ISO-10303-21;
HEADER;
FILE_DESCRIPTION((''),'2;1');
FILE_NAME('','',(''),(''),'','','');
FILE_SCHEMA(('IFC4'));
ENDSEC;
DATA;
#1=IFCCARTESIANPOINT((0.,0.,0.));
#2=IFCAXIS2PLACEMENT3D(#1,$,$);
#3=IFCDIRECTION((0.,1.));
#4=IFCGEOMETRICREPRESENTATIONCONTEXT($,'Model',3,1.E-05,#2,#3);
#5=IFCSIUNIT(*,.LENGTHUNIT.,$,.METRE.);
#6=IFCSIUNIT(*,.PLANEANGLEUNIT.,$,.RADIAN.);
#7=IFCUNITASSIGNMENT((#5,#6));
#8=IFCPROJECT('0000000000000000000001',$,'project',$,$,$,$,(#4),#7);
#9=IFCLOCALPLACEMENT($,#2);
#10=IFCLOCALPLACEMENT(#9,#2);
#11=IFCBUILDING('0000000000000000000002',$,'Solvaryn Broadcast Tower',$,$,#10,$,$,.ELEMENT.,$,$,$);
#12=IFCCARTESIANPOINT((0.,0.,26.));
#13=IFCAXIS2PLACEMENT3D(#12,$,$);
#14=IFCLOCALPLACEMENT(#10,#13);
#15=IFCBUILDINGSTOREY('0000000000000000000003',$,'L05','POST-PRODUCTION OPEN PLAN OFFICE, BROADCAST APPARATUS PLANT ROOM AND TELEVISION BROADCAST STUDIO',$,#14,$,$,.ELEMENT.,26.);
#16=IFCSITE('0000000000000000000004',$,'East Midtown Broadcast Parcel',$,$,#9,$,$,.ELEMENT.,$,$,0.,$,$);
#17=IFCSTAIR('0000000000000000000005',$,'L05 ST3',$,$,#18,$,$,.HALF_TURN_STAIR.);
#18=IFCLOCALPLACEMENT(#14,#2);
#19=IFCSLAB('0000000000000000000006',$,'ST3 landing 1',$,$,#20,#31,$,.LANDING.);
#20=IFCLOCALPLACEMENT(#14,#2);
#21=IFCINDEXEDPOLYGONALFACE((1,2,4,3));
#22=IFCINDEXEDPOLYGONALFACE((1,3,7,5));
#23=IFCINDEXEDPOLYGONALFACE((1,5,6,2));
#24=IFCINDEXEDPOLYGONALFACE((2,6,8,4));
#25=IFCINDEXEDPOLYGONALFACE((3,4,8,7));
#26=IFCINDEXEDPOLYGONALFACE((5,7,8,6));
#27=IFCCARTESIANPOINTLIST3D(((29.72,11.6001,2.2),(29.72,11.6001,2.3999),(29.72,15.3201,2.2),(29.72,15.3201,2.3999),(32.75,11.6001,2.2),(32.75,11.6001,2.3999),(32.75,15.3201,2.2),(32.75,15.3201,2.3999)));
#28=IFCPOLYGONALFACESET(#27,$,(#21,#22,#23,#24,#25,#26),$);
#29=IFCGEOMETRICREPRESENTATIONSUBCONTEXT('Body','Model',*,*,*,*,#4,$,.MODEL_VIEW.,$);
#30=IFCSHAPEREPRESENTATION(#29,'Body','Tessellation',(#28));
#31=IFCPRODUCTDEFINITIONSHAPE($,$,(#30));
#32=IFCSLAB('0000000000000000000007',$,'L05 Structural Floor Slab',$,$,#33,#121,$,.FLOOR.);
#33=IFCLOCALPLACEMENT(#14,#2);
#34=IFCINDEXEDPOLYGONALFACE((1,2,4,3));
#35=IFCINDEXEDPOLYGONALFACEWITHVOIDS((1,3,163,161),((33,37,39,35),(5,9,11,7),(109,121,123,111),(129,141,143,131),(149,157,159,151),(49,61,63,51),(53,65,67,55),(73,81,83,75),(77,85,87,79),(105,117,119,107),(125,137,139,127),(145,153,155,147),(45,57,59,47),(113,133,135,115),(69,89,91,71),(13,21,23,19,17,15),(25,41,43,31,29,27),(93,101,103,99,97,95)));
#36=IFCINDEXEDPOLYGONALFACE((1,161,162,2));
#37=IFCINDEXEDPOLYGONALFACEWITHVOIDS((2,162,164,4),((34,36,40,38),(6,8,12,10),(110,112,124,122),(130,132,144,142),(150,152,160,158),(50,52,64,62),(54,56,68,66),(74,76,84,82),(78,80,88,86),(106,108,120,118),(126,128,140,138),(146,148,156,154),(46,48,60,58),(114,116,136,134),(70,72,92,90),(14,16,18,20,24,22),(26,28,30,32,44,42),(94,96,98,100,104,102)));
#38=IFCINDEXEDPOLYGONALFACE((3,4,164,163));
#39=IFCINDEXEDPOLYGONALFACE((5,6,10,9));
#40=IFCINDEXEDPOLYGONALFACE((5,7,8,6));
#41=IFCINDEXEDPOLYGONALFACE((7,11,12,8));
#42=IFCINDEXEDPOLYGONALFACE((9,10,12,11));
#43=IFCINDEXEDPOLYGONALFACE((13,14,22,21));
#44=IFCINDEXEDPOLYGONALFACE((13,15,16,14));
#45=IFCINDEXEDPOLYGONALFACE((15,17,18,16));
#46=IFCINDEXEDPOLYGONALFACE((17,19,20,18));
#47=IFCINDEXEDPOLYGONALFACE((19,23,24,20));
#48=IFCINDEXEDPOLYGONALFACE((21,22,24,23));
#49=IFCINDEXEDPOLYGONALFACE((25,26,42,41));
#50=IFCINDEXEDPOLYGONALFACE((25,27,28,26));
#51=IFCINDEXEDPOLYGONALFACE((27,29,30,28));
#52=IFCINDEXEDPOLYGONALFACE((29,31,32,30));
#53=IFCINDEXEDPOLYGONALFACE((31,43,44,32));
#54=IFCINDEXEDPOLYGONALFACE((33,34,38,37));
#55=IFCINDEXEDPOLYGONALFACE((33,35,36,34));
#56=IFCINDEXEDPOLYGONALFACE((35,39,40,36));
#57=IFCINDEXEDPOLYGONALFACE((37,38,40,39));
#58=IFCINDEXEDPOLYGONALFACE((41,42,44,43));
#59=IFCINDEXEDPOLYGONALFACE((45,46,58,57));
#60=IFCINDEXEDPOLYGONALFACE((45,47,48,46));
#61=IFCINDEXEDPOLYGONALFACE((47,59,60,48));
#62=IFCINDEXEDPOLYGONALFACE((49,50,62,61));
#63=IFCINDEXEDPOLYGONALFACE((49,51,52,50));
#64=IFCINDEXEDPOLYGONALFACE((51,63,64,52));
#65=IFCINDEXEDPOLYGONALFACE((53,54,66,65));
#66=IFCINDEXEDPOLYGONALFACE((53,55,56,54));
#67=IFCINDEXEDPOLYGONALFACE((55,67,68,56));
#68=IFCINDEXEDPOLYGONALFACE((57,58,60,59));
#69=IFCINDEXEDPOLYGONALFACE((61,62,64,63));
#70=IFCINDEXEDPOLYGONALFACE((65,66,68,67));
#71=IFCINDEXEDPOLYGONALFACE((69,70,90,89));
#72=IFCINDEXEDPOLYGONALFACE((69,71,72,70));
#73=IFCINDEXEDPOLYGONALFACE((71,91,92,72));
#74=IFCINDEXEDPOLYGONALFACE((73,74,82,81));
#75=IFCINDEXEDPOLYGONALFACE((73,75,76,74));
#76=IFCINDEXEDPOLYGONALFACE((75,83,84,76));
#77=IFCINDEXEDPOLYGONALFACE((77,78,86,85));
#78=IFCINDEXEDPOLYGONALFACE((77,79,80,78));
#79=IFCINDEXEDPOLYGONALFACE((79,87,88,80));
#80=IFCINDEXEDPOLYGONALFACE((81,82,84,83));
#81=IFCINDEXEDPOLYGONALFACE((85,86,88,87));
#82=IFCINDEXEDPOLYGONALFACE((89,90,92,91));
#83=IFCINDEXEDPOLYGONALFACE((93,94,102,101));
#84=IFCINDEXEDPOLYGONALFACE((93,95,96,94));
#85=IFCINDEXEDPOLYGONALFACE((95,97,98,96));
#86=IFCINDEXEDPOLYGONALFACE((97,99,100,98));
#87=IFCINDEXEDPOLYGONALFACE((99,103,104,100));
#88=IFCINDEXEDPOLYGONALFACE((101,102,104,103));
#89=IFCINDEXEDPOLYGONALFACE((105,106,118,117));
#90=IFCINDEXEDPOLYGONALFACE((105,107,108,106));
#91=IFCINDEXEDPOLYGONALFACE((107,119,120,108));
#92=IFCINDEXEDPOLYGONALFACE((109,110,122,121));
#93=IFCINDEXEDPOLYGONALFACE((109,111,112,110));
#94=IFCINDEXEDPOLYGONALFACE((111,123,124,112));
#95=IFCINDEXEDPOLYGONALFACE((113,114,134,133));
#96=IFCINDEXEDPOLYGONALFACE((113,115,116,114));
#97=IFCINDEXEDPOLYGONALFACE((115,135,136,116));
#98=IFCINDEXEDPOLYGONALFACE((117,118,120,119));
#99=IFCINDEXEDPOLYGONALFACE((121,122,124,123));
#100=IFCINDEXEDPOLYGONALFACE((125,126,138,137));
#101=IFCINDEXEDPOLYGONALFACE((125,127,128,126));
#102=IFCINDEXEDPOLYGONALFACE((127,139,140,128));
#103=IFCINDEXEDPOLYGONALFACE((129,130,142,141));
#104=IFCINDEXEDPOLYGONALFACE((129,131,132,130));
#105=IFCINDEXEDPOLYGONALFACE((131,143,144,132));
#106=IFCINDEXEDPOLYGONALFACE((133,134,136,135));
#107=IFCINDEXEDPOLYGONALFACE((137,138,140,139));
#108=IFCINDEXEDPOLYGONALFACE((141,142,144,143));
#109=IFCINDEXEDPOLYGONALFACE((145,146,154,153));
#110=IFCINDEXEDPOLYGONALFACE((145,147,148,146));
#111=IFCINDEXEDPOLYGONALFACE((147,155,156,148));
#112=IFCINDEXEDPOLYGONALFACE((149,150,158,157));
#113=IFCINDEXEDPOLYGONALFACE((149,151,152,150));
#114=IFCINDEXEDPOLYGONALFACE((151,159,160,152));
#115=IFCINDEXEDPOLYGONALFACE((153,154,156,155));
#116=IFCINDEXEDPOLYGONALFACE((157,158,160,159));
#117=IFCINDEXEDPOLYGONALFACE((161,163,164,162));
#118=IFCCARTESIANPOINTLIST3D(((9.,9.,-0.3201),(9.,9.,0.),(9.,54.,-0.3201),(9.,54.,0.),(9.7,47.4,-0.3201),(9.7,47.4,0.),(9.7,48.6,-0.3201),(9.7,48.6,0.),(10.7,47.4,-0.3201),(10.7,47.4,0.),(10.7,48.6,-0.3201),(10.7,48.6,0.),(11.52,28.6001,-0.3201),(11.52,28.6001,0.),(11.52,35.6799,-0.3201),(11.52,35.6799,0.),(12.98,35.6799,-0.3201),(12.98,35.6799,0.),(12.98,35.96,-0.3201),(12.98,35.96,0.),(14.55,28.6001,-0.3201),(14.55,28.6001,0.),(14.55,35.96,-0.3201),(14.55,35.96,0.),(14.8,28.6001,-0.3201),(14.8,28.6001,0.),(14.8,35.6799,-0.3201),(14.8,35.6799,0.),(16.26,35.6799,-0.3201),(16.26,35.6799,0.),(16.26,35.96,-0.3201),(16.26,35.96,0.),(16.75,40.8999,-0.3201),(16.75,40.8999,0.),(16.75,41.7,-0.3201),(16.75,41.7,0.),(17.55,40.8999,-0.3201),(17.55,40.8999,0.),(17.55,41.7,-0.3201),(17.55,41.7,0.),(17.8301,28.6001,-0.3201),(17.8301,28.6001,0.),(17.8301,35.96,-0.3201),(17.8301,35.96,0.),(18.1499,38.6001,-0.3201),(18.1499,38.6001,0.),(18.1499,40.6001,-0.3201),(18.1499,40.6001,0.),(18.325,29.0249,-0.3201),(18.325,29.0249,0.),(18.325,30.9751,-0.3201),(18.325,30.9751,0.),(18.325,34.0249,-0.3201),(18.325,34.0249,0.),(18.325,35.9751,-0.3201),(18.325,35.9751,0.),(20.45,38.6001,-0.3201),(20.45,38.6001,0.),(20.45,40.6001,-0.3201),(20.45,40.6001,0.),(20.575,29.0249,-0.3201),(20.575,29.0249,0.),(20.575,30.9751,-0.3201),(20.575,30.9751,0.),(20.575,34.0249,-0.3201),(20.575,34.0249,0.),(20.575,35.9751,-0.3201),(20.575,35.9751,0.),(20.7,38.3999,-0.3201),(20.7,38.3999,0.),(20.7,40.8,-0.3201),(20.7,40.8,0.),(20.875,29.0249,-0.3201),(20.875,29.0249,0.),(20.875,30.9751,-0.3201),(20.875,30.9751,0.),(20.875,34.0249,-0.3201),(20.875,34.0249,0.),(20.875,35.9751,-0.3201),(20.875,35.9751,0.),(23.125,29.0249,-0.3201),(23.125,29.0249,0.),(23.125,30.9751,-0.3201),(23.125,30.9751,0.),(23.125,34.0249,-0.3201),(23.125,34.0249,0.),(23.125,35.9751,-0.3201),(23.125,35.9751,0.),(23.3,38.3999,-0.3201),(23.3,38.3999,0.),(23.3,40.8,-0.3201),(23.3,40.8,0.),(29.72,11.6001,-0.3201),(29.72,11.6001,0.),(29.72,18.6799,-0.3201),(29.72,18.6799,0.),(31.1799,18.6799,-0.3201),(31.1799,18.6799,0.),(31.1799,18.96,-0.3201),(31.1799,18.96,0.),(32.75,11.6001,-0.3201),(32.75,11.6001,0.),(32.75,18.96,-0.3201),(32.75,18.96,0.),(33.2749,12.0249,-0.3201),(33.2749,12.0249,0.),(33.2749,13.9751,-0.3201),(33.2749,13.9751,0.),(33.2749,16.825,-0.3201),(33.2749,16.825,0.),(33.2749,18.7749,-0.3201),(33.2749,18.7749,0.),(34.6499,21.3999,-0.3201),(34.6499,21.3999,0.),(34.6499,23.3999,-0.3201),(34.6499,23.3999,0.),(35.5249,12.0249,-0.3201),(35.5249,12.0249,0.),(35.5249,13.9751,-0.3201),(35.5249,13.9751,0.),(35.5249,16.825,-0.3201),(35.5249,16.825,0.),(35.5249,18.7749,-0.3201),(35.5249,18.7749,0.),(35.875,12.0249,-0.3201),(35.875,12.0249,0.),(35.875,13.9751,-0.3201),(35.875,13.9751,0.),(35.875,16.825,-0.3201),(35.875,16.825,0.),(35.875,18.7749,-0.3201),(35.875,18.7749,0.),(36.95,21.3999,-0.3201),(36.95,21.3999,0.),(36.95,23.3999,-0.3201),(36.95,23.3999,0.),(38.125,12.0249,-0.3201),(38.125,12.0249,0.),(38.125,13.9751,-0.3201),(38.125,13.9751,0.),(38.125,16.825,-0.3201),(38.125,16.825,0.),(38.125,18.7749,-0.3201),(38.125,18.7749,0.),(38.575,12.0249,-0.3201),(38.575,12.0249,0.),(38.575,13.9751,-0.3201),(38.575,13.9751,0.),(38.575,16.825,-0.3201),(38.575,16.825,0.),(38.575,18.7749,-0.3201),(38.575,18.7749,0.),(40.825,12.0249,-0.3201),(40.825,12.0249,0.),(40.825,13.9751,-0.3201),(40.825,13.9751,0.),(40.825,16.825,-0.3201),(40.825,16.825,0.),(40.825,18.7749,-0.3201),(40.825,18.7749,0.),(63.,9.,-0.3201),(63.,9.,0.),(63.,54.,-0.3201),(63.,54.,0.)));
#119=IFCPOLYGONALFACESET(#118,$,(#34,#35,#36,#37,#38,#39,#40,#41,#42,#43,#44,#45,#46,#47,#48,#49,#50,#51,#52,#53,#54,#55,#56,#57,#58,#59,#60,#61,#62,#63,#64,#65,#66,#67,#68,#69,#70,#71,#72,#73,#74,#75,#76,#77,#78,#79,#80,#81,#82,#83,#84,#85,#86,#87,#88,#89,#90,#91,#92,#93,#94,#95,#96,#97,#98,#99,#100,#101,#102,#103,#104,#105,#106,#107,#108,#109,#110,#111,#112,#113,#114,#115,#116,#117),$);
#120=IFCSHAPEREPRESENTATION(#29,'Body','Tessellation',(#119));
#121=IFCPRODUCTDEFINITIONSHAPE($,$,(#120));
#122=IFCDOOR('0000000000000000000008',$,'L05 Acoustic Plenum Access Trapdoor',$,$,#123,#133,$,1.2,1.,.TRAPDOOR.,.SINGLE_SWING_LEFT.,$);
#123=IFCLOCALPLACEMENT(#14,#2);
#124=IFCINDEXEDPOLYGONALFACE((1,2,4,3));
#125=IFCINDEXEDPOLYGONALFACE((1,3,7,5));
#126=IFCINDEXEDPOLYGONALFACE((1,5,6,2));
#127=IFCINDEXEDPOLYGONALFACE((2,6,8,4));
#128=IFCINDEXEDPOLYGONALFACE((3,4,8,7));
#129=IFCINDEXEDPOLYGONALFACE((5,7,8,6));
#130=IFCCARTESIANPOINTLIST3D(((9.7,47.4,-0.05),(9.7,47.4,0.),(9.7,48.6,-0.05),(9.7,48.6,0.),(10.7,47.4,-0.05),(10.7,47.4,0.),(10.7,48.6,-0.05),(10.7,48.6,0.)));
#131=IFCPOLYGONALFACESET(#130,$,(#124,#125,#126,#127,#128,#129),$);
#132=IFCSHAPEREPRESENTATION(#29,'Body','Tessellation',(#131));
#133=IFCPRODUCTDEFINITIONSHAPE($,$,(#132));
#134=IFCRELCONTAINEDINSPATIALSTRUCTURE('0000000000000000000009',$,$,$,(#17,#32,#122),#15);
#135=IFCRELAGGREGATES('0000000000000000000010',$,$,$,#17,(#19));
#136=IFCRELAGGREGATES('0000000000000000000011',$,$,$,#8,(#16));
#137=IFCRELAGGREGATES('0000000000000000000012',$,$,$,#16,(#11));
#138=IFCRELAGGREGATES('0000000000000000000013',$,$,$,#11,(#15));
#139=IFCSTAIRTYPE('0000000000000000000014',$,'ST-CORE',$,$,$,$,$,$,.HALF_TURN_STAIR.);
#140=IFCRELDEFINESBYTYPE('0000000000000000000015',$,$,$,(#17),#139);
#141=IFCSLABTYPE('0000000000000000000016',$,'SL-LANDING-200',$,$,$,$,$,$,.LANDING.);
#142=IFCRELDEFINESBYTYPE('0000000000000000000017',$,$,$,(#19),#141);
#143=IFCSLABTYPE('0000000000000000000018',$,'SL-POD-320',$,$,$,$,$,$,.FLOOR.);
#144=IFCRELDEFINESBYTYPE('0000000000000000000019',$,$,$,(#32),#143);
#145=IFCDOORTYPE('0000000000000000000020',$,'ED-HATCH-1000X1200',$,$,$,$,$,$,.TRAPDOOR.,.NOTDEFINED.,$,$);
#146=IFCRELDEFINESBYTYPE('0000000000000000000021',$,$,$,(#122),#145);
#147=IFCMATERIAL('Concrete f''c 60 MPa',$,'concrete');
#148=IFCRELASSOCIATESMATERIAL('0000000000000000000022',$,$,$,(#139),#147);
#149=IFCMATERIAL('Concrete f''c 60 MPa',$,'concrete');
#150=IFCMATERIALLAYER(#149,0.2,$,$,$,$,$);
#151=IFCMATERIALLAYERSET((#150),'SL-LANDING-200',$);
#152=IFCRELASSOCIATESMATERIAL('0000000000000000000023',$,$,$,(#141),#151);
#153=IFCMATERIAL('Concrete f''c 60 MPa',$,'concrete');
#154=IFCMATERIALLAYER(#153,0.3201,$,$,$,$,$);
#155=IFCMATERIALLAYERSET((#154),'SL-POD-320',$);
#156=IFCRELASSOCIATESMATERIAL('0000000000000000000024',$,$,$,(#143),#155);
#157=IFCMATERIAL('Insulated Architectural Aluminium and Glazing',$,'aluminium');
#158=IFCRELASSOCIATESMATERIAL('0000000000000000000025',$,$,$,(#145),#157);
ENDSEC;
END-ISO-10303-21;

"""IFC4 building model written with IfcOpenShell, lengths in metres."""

from ifc_helpers import new_model, si_unit, direction, frame, origin, origin_2d, place, context, subcontext, project, spatial, polyline, rectangle, outline, extrude, material, layer, layer_set, type_object, element, fill, aggregate, save


model = new_model("IFC4")

# Units and contexts
model_context = context("Model", 3, precision=1e-05, world=origin(), true_north=direction((0.0, 1.0)))
body_context = subcontext(model_context, "Body", "Model", "MODEL_VIEW")
ifc_project = project(units=[si_unit("LENGTHUNIT", "METRE"), si_unit("PLANEANGLEUNIT", "RADIAN")], contexts=[model_context])

# Site, building, storey
site_placement = place(None, origin())
site = spatial("IfcSite", under=ifc_project, at=site_placement, Name="East Midtown Broadcast Parcel", CompositionType="ELEMENT", RefElevation=0.0)
building_placement = place(site_placement, origin())
building = spatial("IfcBuilding", under=site, at=building_placement, Name="Solvaryn Broadcast Tower", CompositionType="ELEMENT")
storey_placement = place(building_placement, frame((0.0, 0.0, 26.0)))
storey = spatial("IfcBuildingStorey", under=building, at=storey_placement, Name="L05", Description="POST-PRODUCTION OPEN PLAN OFFICE, BROADCAST APPARATUS PLANT ROOM AND TELEVISION BROADCAST STUDIO", CompositionType="ELEMENT", Elevation=26.0)

# Stair, slab
ifc_material_1 = material(Name="Concrete f'c 60 MPa", Category="concrete")
stair_type = type_object("IfcStairType", Name="ST-CORE", PredefinedType="HALF_TURN_STAIR", material=ifc_material_1)
ifc_material_2 = material(Name="Concrete f'c 60 MPa", Category="concrete")
ifc_layer_1 = layer(ifc_material_2, 0.2)
ifc_layer_set_1 = layer_set([ifc_layer_1], Name="SL-LANDING-200")
slab_type_1 = type_object("IfcSlabType", Name="SL-LANDING-200", PredefinedType="LANDING", material=ifc_layer_set_1)
stair_1_placement = place(storey_placement, origin())
stair_1 = element("IfcStair", 1, at=stair_1_placement, inside=storey, type_object=stair_type, Name="L05 ST3", PredefinedType="HALF_TURN_STAIR")
slab_1_placement = place(storey_placement, frame((0.0, 0.0, 2.2)))
slab_1 = element("IfcSlab", 2, at=slab_1_placement, type_object=slab_type_1, Name="ST3 landing 1", PredefinedType="LANDING", context=body_context, shape_type="SweptSolid", body=[
    extrude(outline(polyline([(29.72, 15.3201), (29.72, 11.6001), (32.75, 11.6001), (32.75, 15.3201), (29.72, 15.3201)])), origin(), (0.0, 0.0, 1.0), 0.2),
])
aggregate(stair_1, [slab_1])

# Slab, opening, door
ifc_material_3 = material(Name="Concrete f'c 60 MPa", Category="concrete")
ifc_layer_2 = layer(ifc_material_3, 0.3201)
ifc_layer_set_2 = layer_set([ifc_layer_2], Name="SL-POD-320")
slab_type_2 = type_object("IfcSlabType", Name="SL-POD-320", PredefinedType="FLOOR", material=ifc_layer_set_2)
slab_2_placement = place(storey_placement, frame((0.0, 0.0, -0.3201)))
slab_2 = element("IfcSlab", 3, at=slab_2_placement, inside=storey, type_object=slab_type_2, Name="L05 Structural Floor Slab", PredefinedType="FLOOR", context=body_context, shape_type="SweptSolid", body=[
    extrude(outline(polyline([(9.0, 9.0), (63.0, 9.0), (63.0, 54.0), (9.0, 54.0), (9.0, 9.0)]), holes=[polyline([(11.52, 28.6001), (14.55, 28.6001), (14.55, 35.96), (12.98, 35.96), (12.98, 35.6799), (11.52, 35.6799), (11.52, 28.6001)]), polyline([(14.8, 28.6001), (17.8301, 28.6001), (17.8301, 35.96), (16.26, 35.96), (16.26, 35.6799), (14.8, 35.6799), (14.8, 28.6001)]), polyline([(29.72, 11.6001), (32.75, 11.6001), (32.75, 18.96), (31.1799, 18.96), (31.1799, 18.6799), (29.72, 18.6799), (29.72, 11.6001)]), polyline([(18.1499, 38.6001), (20.45, 38.6001), (20.45, 40.6001), (18.1499, 40.6001), (18.1499, 38.6001)]), polyline([(20.7, 38.3999), (23.3, 38.3999), (23.3, 40.8), (20.7, 40.8), (20.7, 38.3999)]), polyline([(18.325, 29.0249), (20.575, 29.0249), (20.575, 30.9751), (18.325, 30.9751), (18.325, 29.0249)]), polyline([(20.875, 29.0249), (23.125, 29.0249), (23.125, 30.9751), (20.875, 30.9751), (20.875, 29.0249)]), polyline([(18.325, 34.0249), (20.575, 34.0249), (20.575, 35.9751), (18.325, 35.9751), (18.325, 34.0249)]), polyline([(20.875, 34.0249), (23.125, 34.0249), (23.125, 35.9751), (20.875, 35.9751), (20.875, 34.0249)]), polyline([(34.6499, 21.3999), (36.95, 21.3999), (36.95, 23.3999), (34.6499, 23.3999), (34.6499, 21.3999)]), polyline([(33.2749, 12.0249), (35.5249, 12.0249), (35.5249, 13.9751), (33.2749, 13.9751), (33.2749, 12.0249)]), polyline([(35.875, 12.0249), (38.125, 12.0249), (38.125, 13.9751), (35.875, 13.9751), (35.875, 12.0249)]), polyline([(33.2749, 16.825), (35.5249, 16.825), (35.5249, 18.7749), (33.2749, 18.7749), (33.2749, 16.825)]), polyline([(35.875, 16.825), (38.125, 16.825), (38.125, 18.7749), (35.875, 18.7749), (35.875, 16.825)]), polyline([(38.575, 12.0249), (40.825, 12.0249), (40.825, 13.9751), (38.575, 13.9751), (38.575, 12.0249)]), polyline([(38.575, 16.825), (40.825, 16.825), (40.825, 18.7749), (38.575, 18.7749), (38.575, 16.825)]), polyline([(16.75, 40.8999), (17.55, 40.8999), (17.55, 41.7), (16.75, 41.7), (16.75, 40.8999)])]), origin(), (0.0, 0.0, 1.0), 0.3201),
])
opening_placement = place(slab_2_placement, frame((10.2, 48.0, 0.0)))
opening = element("IfcOpeningElement", 4, at=opening_placement, cuts=slab_2, PredefinedType="OPENING", context=body_context, shape_type="SweptSolid", body=[
    extrude(rectangle(XDim=1.0, YDim=1.2, at=origin_2d()), origin(), (0.0, 0.0, 1.0), 0.3201),
])
ifc_material_4 = material(Name="Insulated Architectural Aluminium and Glazing", Category="aluminium")
door_type = type_object("IfcDoorType", Name="ED-HATCH-1000X1200", OperationType="NOTDEFINED", PredefinedType="TRAPDOOR", material=ifc_material_4)
door_placement = place(opening_placement, frame((0.0, 0.0, 0.27)))
door = element("IfcDoor", 5, at=door_placement, inside=storey, type_object=door_type, Name="L05 Acoustic Plenum Access Trapdoor", OperationType="SINGLE_SWING_LEFT", OverallHeight=1.2, OverallWidth=1.0, PredefinedType="TRAPDOOR", context=body_context, shape_type="SweptSolid", body=[
    extrude(rectangle(XDim=1.0, YDim=1.2, at=origin_2d()), origin(), (0.0, 0.0, 1.0), 0.05),
])
fill(opening, door)

save(model, "model.ifc")
